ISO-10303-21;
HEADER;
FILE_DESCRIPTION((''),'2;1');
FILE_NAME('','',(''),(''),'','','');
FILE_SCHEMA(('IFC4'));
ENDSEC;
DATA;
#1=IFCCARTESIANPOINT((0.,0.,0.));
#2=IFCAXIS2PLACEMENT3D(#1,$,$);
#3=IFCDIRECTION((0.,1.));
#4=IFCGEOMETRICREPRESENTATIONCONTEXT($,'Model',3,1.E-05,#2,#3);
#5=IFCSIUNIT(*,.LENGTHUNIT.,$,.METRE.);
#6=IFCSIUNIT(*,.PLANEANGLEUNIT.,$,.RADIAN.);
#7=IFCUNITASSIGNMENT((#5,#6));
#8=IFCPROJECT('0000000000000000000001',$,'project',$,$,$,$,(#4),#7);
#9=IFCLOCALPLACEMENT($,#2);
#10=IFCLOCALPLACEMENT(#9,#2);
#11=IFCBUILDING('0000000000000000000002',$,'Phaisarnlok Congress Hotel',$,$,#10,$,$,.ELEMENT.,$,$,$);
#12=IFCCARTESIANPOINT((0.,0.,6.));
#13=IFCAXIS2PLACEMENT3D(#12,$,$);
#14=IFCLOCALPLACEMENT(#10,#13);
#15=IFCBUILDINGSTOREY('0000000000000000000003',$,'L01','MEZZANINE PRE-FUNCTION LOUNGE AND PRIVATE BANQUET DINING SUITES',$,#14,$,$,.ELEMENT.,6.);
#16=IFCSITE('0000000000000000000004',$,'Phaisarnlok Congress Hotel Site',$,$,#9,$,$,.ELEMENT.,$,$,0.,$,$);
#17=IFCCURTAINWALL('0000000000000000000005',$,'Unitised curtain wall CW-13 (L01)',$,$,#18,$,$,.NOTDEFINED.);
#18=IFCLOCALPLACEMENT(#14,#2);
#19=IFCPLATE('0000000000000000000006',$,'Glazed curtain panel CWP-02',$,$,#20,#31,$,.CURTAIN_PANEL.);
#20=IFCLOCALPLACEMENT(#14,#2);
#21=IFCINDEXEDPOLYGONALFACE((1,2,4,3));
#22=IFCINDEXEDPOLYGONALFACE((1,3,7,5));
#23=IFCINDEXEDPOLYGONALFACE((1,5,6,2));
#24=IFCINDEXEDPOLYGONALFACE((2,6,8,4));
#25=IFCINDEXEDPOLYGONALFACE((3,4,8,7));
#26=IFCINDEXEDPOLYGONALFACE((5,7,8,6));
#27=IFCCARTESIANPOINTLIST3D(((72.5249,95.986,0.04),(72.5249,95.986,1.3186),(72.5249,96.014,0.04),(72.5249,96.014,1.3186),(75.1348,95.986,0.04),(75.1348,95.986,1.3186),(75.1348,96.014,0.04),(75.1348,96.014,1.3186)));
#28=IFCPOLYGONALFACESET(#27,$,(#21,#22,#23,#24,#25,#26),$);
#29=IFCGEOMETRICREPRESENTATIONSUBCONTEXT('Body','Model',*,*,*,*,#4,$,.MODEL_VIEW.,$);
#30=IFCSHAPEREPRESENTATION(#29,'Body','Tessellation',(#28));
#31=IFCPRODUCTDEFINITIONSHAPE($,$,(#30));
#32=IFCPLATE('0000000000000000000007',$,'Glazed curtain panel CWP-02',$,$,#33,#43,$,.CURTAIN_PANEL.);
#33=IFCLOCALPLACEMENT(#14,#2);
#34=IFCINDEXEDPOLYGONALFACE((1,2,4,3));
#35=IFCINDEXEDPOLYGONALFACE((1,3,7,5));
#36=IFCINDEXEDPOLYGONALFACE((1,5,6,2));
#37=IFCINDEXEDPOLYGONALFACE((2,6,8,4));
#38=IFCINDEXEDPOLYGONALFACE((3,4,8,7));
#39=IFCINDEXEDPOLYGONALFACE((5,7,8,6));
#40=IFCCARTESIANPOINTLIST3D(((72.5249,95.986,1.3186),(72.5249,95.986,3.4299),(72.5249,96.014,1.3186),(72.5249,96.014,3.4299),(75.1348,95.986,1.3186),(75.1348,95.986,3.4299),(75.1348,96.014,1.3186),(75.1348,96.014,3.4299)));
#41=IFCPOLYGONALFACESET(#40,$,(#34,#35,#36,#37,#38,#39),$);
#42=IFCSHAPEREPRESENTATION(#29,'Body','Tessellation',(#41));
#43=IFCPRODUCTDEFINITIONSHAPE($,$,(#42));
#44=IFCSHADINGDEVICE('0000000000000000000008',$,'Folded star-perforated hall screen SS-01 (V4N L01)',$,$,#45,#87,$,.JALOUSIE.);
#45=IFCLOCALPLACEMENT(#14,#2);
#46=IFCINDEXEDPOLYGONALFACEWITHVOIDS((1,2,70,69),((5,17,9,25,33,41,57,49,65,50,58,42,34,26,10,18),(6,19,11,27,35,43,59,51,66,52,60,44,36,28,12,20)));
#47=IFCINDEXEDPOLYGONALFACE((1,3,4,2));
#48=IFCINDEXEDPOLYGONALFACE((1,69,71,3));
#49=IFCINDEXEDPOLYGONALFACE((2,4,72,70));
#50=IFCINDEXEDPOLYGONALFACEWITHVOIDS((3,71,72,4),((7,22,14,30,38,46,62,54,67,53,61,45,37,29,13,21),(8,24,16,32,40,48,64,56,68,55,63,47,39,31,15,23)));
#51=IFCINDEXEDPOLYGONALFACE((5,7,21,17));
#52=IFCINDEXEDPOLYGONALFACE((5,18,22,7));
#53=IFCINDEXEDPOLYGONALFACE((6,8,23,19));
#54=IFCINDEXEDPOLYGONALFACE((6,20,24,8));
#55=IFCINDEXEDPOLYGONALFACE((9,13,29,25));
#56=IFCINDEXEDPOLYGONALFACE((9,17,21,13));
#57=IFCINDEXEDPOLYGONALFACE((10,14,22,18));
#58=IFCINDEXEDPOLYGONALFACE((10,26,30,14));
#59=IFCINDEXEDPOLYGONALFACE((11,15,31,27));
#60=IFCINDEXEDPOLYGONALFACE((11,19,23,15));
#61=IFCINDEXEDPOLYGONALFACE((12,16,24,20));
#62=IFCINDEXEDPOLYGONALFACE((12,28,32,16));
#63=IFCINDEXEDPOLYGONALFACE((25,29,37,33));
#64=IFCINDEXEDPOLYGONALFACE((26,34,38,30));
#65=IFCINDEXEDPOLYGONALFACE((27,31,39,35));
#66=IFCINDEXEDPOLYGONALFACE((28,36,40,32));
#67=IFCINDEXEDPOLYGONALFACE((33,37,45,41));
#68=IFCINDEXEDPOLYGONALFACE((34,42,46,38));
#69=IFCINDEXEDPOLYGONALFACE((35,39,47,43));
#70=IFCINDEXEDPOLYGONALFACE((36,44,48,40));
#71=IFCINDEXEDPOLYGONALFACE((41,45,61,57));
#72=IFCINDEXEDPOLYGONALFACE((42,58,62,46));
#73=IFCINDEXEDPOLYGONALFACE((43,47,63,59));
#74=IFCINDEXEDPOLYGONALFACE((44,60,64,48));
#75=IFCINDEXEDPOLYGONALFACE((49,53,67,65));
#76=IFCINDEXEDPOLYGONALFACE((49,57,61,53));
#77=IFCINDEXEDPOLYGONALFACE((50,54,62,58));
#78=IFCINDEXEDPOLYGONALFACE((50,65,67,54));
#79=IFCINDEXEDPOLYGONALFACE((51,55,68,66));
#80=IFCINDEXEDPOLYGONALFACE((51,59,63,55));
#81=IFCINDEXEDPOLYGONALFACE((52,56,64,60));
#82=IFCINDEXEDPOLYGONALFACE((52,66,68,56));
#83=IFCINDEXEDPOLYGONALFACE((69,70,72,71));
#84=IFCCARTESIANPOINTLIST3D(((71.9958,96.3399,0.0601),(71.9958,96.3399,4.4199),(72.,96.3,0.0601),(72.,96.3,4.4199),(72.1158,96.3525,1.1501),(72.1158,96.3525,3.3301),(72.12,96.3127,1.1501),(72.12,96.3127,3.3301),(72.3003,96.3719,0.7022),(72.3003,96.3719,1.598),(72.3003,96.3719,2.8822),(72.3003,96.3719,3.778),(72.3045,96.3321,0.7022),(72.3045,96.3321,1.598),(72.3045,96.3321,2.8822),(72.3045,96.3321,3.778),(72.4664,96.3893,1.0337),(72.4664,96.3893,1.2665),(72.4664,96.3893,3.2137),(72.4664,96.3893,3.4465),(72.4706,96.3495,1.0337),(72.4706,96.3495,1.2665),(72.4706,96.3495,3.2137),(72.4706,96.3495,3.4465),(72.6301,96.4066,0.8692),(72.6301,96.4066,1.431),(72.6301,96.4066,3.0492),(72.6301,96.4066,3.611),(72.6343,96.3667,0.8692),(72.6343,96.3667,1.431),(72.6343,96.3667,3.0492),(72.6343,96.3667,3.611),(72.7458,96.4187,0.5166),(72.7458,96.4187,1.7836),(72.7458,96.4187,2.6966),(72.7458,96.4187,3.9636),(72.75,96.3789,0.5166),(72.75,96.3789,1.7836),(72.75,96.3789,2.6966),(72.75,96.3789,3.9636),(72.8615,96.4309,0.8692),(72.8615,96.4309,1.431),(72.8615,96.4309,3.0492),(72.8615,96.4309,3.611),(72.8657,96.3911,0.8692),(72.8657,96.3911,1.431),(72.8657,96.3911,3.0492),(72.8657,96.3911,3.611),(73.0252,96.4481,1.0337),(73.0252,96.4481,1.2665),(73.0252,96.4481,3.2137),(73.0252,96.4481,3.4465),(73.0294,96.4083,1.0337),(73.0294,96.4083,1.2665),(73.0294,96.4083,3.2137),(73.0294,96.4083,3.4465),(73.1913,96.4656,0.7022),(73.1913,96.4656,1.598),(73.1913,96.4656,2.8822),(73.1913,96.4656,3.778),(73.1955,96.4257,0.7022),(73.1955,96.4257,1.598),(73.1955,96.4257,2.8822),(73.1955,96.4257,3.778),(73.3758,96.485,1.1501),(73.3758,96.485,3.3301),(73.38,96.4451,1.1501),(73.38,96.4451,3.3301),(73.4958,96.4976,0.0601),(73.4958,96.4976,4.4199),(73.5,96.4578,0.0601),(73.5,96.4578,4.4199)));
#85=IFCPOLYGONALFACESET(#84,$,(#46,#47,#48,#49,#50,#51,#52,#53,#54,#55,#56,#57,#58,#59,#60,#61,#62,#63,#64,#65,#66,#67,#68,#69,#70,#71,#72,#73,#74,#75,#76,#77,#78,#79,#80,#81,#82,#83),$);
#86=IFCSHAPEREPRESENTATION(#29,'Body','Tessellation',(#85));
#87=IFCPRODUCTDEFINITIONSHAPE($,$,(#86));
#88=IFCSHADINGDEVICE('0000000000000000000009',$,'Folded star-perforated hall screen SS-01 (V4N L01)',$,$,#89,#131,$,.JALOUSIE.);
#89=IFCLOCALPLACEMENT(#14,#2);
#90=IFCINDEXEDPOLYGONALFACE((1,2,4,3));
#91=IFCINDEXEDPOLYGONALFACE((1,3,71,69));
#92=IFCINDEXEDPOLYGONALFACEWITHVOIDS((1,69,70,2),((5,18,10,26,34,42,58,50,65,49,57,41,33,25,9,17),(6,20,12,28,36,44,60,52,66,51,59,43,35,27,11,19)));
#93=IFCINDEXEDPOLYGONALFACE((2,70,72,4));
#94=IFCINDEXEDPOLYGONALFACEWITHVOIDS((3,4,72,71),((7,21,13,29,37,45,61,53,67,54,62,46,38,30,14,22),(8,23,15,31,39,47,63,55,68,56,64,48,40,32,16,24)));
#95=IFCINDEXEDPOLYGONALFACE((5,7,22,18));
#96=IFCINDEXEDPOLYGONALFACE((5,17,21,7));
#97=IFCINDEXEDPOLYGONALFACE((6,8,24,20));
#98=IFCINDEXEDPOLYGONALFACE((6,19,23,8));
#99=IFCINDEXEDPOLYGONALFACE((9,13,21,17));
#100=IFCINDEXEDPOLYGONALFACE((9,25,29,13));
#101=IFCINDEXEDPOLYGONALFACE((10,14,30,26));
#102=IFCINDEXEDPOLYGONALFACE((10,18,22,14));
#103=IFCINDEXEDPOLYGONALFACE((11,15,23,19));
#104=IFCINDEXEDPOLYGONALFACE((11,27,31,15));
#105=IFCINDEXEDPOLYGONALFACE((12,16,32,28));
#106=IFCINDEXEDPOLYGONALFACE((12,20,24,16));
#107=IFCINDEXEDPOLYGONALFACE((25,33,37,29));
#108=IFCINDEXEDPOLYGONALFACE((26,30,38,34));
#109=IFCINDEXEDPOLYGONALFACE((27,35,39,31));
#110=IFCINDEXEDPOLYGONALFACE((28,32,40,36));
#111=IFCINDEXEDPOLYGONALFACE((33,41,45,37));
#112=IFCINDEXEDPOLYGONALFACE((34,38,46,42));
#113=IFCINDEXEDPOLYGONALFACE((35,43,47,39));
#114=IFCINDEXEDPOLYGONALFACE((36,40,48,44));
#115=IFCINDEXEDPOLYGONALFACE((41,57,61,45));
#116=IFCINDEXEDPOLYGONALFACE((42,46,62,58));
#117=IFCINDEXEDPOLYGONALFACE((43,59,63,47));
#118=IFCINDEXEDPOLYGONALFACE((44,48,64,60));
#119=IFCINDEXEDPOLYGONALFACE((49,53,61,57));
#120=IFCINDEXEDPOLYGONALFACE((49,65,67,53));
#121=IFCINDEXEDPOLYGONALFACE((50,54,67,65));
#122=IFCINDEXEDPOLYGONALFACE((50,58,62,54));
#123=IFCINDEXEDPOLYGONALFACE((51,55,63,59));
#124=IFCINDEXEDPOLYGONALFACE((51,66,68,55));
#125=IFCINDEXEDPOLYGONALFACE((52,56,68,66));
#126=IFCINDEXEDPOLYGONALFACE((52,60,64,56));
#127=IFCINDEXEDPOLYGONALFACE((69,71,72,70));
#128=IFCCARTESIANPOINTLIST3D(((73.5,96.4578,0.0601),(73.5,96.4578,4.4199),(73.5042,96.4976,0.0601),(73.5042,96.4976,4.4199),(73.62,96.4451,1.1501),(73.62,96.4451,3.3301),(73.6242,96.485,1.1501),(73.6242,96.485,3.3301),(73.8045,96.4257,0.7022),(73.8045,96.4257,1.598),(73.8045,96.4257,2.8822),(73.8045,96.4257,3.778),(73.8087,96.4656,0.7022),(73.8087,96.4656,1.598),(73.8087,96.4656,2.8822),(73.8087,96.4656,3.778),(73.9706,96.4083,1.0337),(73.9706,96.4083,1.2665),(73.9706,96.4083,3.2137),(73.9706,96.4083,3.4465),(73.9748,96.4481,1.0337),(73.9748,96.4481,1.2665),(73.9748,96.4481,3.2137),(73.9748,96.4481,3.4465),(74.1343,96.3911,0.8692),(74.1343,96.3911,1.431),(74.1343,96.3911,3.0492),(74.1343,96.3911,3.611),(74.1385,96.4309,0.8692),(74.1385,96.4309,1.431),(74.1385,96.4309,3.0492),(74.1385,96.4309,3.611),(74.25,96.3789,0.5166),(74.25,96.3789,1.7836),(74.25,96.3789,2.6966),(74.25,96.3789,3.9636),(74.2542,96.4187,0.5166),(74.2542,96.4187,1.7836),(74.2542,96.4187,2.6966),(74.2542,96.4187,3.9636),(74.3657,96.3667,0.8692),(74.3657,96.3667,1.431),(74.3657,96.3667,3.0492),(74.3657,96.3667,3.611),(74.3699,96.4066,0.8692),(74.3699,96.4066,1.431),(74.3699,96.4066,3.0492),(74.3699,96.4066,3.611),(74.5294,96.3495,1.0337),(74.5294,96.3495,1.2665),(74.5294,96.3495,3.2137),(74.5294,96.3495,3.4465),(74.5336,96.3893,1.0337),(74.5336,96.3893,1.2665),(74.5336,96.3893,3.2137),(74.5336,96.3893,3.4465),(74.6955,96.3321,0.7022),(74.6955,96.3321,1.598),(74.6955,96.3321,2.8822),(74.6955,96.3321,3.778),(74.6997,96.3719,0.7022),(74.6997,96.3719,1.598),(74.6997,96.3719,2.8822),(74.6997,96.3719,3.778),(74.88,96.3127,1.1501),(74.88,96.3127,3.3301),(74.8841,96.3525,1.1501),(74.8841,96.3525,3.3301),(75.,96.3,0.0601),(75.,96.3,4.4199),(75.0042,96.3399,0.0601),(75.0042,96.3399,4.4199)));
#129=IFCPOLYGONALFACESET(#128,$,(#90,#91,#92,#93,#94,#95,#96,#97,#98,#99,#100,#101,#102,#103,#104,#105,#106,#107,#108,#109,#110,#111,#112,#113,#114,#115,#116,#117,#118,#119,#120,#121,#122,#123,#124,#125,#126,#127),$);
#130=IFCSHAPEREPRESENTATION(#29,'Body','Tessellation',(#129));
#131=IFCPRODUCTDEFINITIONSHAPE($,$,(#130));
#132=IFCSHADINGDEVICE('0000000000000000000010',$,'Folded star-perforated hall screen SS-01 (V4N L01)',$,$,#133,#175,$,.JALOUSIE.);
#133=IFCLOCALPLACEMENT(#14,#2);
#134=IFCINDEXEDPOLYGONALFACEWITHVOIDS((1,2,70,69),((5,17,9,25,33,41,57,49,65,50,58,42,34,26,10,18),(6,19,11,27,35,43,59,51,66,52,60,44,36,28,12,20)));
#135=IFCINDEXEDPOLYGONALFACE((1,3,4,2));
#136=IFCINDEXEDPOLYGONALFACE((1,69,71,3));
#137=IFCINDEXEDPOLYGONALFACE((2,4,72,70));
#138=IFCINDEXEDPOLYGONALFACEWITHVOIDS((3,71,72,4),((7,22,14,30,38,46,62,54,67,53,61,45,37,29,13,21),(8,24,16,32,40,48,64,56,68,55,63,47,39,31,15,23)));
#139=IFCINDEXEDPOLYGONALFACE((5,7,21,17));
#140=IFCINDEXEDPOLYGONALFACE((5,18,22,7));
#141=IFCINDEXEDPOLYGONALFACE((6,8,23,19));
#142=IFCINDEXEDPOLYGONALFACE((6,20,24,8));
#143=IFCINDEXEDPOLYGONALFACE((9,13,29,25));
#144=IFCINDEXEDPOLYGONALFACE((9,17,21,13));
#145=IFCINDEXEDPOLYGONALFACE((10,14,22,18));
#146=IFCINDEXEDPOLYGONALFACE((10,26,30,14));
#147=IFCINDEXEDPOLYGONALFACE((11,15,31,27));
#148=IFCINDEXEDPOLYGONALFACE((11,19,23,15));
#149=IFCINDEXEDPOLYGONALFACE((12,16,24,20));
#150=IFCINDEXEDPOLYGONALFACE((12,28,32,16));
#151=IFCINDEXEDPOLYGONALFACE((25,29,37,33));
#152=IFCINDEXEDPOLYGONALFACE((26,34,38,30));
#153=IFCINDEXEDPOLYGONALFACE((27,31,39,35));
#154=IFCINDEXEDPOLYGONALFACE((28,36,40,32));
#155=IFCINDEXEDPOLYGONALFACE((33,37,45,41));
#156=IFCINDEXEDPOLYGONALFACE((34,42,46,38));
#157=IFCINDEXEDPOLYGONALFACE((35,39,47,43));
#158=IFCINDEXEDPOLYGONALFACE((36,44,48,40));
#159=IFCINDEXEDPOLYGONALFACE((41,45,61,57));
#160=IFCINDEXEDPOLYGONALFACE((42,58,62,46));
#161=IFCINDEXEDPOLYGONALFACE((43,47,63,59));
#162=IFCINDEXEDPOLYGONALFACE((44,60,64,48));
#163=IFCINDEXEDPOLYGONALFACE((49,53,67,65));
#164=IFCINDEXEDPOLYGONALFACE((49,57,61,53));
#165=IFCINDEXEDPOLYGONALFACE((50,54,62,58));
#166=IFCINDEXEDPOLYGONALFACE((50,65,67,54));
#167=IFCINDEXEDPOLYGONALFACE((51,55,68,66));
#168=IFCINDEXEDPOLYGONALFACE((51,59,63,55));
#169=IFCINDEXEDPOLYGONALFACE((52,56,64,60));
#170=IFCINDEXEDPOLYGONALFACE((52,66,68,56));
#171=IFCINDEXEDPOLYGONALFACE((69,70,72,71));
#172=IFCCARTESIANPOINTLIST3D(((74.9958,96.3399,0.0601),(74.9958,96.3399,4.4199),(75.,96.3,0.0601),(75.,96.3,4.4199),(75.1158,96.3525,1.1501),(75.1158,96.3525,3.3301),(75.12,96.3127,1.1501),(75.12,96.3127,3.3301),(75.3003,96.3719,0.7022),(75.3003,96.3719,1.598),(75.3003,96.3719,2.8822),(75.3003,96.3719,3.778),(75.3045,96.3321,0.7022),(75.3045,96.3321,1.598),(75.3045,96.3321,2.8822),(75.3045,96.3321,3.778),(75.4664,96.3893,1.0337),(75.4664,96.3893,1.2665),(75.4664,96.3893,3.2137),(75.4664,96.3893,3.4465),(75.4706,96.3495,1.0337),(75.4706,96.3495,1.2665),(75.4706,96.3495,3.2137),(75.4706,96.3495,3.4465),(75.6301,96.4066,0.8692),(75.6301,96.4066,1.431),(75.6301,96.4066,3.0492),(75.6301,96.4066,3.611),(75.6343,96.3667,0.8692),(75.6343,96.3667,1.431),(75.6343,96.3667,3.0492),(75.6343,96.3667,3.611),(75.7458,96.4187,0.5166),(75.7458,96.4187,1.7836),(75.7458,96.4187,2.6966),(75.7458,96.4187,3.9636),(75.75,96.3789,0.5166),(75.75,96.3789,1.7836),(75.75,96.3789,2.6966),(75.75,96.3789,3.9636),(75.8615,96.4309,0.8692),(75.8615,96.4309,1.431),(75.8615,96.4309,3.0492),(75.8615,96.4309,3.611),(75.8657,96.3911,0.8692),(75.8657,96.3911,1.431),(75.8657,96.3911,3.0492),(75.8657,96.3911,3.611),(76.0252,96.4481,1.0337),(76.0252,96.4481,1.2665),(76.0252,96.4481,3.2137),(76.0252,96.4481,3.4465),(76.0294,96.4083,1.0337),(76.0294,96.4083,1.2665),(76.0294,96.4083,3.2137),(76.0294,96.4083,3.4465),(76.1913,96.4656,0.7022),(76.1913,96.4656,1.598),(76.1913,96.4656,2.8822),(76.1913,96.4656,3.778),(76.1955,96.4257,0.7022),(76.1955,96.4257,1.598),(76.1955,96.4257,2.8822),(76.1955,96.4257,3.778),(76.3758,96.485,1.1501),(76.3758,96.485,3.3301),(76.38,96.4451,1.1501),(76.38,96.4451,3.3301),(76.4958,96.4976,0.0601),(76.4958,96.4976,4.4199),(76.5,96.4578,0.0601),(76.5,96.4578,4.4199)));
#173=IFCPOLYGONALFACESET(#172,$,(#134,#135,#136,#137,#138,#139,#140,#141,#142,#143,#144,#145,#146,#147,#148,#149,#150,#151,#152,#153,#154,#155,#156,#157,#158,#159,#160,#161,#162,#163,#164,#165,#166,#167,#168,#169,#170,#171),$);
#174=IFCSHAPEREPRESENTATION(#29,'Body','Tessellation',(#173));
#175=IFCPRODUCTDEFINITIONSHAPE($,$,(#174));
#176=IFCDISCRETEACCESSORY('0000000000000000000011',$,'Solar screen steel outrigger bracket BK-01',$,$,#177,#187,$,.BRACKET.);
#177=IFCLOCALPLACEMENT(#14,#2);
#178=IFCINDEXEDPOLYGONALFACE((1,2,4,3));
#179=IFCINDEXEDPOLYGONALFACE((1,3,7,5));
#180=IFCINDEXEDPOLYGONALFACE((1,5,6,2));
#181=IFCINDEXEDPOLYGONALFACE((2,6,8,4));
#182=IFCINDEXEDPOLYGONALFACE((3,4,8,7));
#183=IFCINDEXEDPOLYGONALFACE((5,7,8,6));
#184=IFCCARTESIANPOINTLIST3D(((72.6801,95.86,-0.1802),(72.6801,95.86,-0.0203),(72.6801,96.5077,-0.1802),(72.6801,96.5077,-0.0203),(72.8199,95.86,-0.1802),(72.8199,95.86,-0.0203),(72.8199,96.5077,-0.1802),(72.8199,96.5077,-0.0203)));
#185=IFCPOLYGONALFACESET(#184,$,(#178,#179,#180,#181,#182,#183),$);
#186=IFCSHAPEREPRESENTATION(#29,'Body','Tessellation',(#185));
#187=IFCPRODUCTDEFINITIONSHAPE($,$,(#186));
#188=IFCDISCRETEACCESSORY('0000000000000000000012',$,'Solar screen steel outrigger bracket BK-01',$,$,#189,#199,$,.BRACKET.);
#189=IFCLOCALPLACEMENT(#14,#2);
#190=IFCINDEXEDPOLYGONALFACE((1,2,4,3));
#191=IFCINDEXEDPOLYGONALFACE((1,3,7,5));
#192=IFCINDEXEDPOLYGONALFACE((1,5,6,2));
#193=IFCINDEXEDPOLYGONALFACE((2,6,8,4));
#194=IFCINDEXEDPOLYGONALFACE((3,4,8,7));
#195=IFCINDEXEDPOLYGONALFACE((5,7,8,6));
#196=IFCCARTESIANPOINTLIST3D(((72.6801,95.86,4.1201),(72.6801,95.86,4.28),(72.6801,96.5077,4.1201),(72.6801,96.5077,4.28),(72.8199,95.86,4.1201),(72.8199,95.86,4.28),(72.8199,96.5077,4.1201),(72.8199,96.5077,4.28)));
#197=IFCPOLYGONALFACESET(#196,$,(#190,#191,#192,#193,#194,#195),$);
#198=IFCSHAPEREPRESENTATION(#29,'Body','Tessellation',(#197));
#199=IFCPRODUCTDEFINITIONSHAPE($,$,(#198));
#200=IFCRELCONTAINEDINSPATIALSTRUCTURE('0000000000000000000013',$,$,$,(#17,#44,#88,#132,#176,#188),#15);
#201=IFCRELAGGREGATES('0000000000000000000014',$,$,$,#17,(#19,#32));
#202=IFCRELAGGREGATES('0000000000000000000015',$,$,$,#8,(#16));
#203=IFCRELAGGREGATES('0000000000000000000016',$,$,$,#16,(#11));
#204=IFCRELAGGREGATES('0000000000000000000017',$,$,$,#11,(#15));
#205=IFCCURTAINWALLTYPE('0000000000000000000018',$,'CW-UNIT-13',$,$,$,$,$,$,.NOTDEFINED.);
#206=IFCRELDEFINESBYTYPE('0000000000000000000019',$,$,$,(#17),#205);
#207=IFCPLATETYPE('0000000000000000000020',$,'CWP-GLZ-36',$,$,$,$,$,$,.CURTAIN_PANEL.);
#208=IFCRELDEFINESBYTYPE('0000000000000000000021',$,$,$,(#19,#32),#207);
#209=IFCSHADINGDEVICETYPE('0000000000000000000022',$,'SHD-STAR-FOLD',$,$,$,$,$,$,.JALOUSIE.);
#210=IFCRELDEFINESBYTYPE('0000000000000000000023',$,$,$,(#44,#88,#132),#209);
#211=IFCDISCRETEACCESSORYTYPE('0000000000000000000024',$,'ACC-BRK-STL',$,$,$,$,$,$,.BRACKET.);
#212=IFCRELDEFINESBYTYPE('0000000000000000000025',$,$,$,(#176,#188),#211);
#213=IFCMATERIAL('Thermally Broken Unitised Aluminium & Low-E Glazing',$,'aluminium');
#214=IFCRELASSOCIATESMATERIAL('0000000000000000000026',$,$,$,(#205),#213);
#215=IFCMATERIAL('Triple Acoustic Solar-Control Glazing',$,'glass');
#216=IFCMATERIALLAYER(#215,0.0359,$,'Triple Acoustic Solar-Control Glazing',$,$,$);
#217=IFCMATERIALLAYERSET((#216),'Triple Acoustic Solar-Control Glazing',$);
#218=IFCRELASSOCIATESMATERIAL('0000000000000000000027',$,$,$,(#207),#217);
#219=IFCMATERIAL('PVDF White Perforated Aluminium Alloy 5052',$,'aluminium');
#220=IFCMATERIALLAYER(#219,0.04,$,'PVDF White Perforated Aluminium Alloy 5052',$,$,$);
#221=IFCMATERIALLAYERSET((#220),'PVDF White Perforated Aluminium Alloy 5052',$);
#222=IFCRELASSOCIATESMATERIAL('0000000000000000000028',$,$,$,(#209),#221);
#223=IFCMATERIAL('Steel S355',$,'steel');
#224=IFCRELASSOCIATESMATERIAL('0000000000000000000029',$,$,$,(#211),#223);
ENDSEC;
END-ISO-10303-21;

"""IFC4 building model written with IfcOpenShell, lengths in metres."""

from ifc_helpers import new_model, si_unit, direction, frame, frame_2d, origin, origin_2d, place, context, subcontext, project, spatial, polyline, rectangle, outline, extrude, material, layer, layer_set, type_object, element, aggregate, save


model = new_model("IFC4")

# Units and contexts
model_context = context("Model", 3, precision=1e-05, world=origin(), true_north=direction((0.0, 1.0)))
body_context = subcontext(model_context, "Body", "Model", "MODEL_VIEW")
ifc_project = project(units=[si_unit("LENGTHUNIT", "METRE"), si_unit("PLANEANGLEUNIT", "RADIAN")], contexts=[model_context])

# Site, building, storey
site_placement = place(None, origin())
site = spatial("IfcSite", under=ifc_project, at=site_placement, Name="Phaisarnlok Congress Hotel Site", CompositionType="ELEMENT", RefElevation=0.0)
building_placement = place(site_placement, origin())
building = spatial("IfcBuilding", under=site, at=building_placement, Name="Phaisarnlok Congress Hotel", CompositionType="ELEMENT")
storey_placement = place(building_placement, frame((0.0, 0.0, 6.0)))
storey = spatial("IfcBuildingStorey", under=building, at=storey_placement, Name="L01", Description="MEZZANINE PRE-FUNCTION LOUNGE AND PRIVATE BANQUET DINING SUITES", CompositionType="ELEMENT", Elevation=6.0)

# Curtain wall, plates
ifc_material_1 = material(Name="Thermally Broken Unitised Aluminium & Low-E Glazing", Category="aluminium")
curtain_wall_type = type_object("IfcCurtainWallType", Name="CW-UNIT-13", PredefinedType="NOTDEFINED", material=ifc_material_1)
curtain_wall_placement = place(storey_placement, origin())
curtain_wall = element("IfcCurtainWall", 1, at=curtain_wall_placement, inside=storey, type_object=curtain_wall_type, Name="Unitised curtain wall CW-13 (L01)", PredefinedType="NOTDEFINED")
ifc_material_2 = material(Name="Triple Acoustic Solar-Control Glazing", Category="glass")
ifc_layer_1 = layer(ifc_material_2, 0.0359, Name="Triple Acoustic Solar-Control Glazing")
ifc_layer_set_1 = layer_set([ifc_layer_1], Name="Triple Acoustic Solar-Control Glazing")
plate_type = type_object("IfcPlateType", Name="CWP-GLZ-36", PredefinedType="CURTAIN_PANEL", material=ifc_layer_set_1)
plate_1_placement = place(storey_placement, frame((75.1348, 96.0, 0.04), z_axis=(0.0, 0.0, 1.0), x_axis=(-1.0, 0.0, 0.0)))
plate_1 = element("IfcPlate", 2, at=plate_1_placement, type_object=plate_type, Name="Glazed curtain panel CWP-02", PredefinedType="CURTAIN_PANEL", context=body_context, shape_type="SweptSolid", body=[
    extrude(rectangle(XDim=2.6099, YDim=0.0281, at=frame_2d((1.3049, 0.0))), origin(), (0.0, 0.0, 1.0), 1.2786),
])
plate_2_placement = place(storey_placement, frame((75.1348, 96.0, 1.3186), z_axis=(0.0, 0.0, 1.0), x_axis=(-1.0, 0.0, 0.0)))
plate_2 = element("IfcPlate", 3, at=plate_2_placement, type_object=plate_type, Name="Glazed curtain panel CWP-02", PredefinedType="CURTAIN_PANEL", context=body_context, shape_type="SweptSolid", body=[
    extrude(rectangle(XDim=2.6099, YDim=0.0281, at=frame_2d((1.3049, 0.0))), origin(), (0.0, 0.0, 1.0), 2.1113),
])
aggregate(curtain_wall, [plate_1, plate_2])

# Shading devices
ifc_material_3 = material(Name="PVDF White Perforated Aluminium Alloy 5052", Category="aluminium")
ifc_layer_2 = layer(ifc_material_3, 0.04, Name="PVDF White Perforated Aluminium Alloy 5052")
ifc_layer_set_2 = layer_set([ifc_layer_2], Name="PVDF White Perforated Aluminium Alloy 5052")
shading_device_type = type_object("IfcShadingDeviceType", Name="SHD-STAR-FOLD", PredefinedType="JALOUSIE", material=ifc_layer_set_2)
for number, where, z_axis, x_axis, name in (
    (4, (73.5, 96.4578, 0.0601), (-0.104567, 0.994518, 0.0), (-0.994518, -0.104567, 0.0), "Folded star-perforated hall screen SS-01 (V4N L01)"),
    (5, (75.0, 96.3, 0.0601), (0.104567, 0.994518, 0.0), (-0.994518, 0.104567, 0.0), "Folded star-perforated hall screen SS-01 (V4N L01)"),
    (6, (76.5, 96.4578, 0.0601), (-0.104567, 0.994518, 0.0), (-0.994518, -0.104567, 0.0), "Folded star-perforated hall screen SS-01 (V4N L01)"),
):
    element("IfcShadingDevice", number, at=place(storey_placement, frame(where, z_axis=z_axis, x_axis=x_axis)), inside=storey, type_object=shading_device_type, Name=name, PredefinedType="JALOUSIE", context=body_context, shape_type="SweptSolid", body=[
        extrude(outline(polyline([(0.0, 0.0), (1.5083, 0.0), (1.5083, 4.3599), (0.0, 4.3599), (0.0, 0.0)]), holes=[polyline([(1.0351, 0.9736), (1.2021, 0.6421), (0.8705, 0.8091), (0.7541, 0.4565), (0.6378, 0.8091), (0.3062, 0.6421), (0.4732, 0.9736), (0.1207, 1.09), (0.4732, 1.2064), (0.3062, 1.5379), (0.6378, 1.3709), (0.7541, 1.7235), (0.8705, 1.3709), (1.2021, 1.5379), (1.0351, 1.2064), (1.3876, 1.09), (1.0351, 0.9736)]), polyline([(1.0351, 3.1536), (1.2021, 2.8221), (0.8705, 2.9891), (0.7541, 2.6365), (0.6378, 2.9891), (0.3062, 2.8221), (0.4732, 3.1536), (0.1207, 3.27), (0.4732, 3.3864), (0.3062, 3.7179), (0.6378, 3.5509), (0.7541, 3.9035), (0.8705, 3.5509), (1.2021, 3.7179), (1.0351, 3.3864), (1.3876, 3.27), (1.0351, 3.1536)])]), origin(), (0.0, 0.0, 1.0), 0.04),
    ])

# Discrete accessories
ifc_material_4 = material(Name="Steel S355", Category="steel")
discrete_accessory_type = type_object("IfcDiscreteAccessoryType", Name="ACC-BRK-STL", PredefinedType="BRACKET", material=ifc_material_4)
for number, where, z_axis, x_axis, name in (
    (7, (72.75, 96.1838, -0.1802), (0.0, 0.0, 1.0), (1.0, 0.0, 0.0), "Solar screen steel outrigger bracket BK-01"),
    (8, (72.75, 96.1838, 4.1201), (0.0, 0.0, 1.0), (1.0, 0.0, 0.0), "Solar screen steel outrigger bracket BK-01"),
):
    element("IfcDiscreteAccessory", number, at=place(storey_placement, frame(where, z_axis=z_axis, x_axis=x_axis)), inside=storey, type_object=discrete_accessory_type, Name=name, PredefinedType="BRACKET", context=body_context, shape_type="SweptSolid", body=[
        extrude(rectangle(XDim=0.1399, YDim=0.6477, at=origin_2d()), origin(), (0.0, 0.0, 1.0), 0.1599),
    ])

save(model, "model.ifc")
